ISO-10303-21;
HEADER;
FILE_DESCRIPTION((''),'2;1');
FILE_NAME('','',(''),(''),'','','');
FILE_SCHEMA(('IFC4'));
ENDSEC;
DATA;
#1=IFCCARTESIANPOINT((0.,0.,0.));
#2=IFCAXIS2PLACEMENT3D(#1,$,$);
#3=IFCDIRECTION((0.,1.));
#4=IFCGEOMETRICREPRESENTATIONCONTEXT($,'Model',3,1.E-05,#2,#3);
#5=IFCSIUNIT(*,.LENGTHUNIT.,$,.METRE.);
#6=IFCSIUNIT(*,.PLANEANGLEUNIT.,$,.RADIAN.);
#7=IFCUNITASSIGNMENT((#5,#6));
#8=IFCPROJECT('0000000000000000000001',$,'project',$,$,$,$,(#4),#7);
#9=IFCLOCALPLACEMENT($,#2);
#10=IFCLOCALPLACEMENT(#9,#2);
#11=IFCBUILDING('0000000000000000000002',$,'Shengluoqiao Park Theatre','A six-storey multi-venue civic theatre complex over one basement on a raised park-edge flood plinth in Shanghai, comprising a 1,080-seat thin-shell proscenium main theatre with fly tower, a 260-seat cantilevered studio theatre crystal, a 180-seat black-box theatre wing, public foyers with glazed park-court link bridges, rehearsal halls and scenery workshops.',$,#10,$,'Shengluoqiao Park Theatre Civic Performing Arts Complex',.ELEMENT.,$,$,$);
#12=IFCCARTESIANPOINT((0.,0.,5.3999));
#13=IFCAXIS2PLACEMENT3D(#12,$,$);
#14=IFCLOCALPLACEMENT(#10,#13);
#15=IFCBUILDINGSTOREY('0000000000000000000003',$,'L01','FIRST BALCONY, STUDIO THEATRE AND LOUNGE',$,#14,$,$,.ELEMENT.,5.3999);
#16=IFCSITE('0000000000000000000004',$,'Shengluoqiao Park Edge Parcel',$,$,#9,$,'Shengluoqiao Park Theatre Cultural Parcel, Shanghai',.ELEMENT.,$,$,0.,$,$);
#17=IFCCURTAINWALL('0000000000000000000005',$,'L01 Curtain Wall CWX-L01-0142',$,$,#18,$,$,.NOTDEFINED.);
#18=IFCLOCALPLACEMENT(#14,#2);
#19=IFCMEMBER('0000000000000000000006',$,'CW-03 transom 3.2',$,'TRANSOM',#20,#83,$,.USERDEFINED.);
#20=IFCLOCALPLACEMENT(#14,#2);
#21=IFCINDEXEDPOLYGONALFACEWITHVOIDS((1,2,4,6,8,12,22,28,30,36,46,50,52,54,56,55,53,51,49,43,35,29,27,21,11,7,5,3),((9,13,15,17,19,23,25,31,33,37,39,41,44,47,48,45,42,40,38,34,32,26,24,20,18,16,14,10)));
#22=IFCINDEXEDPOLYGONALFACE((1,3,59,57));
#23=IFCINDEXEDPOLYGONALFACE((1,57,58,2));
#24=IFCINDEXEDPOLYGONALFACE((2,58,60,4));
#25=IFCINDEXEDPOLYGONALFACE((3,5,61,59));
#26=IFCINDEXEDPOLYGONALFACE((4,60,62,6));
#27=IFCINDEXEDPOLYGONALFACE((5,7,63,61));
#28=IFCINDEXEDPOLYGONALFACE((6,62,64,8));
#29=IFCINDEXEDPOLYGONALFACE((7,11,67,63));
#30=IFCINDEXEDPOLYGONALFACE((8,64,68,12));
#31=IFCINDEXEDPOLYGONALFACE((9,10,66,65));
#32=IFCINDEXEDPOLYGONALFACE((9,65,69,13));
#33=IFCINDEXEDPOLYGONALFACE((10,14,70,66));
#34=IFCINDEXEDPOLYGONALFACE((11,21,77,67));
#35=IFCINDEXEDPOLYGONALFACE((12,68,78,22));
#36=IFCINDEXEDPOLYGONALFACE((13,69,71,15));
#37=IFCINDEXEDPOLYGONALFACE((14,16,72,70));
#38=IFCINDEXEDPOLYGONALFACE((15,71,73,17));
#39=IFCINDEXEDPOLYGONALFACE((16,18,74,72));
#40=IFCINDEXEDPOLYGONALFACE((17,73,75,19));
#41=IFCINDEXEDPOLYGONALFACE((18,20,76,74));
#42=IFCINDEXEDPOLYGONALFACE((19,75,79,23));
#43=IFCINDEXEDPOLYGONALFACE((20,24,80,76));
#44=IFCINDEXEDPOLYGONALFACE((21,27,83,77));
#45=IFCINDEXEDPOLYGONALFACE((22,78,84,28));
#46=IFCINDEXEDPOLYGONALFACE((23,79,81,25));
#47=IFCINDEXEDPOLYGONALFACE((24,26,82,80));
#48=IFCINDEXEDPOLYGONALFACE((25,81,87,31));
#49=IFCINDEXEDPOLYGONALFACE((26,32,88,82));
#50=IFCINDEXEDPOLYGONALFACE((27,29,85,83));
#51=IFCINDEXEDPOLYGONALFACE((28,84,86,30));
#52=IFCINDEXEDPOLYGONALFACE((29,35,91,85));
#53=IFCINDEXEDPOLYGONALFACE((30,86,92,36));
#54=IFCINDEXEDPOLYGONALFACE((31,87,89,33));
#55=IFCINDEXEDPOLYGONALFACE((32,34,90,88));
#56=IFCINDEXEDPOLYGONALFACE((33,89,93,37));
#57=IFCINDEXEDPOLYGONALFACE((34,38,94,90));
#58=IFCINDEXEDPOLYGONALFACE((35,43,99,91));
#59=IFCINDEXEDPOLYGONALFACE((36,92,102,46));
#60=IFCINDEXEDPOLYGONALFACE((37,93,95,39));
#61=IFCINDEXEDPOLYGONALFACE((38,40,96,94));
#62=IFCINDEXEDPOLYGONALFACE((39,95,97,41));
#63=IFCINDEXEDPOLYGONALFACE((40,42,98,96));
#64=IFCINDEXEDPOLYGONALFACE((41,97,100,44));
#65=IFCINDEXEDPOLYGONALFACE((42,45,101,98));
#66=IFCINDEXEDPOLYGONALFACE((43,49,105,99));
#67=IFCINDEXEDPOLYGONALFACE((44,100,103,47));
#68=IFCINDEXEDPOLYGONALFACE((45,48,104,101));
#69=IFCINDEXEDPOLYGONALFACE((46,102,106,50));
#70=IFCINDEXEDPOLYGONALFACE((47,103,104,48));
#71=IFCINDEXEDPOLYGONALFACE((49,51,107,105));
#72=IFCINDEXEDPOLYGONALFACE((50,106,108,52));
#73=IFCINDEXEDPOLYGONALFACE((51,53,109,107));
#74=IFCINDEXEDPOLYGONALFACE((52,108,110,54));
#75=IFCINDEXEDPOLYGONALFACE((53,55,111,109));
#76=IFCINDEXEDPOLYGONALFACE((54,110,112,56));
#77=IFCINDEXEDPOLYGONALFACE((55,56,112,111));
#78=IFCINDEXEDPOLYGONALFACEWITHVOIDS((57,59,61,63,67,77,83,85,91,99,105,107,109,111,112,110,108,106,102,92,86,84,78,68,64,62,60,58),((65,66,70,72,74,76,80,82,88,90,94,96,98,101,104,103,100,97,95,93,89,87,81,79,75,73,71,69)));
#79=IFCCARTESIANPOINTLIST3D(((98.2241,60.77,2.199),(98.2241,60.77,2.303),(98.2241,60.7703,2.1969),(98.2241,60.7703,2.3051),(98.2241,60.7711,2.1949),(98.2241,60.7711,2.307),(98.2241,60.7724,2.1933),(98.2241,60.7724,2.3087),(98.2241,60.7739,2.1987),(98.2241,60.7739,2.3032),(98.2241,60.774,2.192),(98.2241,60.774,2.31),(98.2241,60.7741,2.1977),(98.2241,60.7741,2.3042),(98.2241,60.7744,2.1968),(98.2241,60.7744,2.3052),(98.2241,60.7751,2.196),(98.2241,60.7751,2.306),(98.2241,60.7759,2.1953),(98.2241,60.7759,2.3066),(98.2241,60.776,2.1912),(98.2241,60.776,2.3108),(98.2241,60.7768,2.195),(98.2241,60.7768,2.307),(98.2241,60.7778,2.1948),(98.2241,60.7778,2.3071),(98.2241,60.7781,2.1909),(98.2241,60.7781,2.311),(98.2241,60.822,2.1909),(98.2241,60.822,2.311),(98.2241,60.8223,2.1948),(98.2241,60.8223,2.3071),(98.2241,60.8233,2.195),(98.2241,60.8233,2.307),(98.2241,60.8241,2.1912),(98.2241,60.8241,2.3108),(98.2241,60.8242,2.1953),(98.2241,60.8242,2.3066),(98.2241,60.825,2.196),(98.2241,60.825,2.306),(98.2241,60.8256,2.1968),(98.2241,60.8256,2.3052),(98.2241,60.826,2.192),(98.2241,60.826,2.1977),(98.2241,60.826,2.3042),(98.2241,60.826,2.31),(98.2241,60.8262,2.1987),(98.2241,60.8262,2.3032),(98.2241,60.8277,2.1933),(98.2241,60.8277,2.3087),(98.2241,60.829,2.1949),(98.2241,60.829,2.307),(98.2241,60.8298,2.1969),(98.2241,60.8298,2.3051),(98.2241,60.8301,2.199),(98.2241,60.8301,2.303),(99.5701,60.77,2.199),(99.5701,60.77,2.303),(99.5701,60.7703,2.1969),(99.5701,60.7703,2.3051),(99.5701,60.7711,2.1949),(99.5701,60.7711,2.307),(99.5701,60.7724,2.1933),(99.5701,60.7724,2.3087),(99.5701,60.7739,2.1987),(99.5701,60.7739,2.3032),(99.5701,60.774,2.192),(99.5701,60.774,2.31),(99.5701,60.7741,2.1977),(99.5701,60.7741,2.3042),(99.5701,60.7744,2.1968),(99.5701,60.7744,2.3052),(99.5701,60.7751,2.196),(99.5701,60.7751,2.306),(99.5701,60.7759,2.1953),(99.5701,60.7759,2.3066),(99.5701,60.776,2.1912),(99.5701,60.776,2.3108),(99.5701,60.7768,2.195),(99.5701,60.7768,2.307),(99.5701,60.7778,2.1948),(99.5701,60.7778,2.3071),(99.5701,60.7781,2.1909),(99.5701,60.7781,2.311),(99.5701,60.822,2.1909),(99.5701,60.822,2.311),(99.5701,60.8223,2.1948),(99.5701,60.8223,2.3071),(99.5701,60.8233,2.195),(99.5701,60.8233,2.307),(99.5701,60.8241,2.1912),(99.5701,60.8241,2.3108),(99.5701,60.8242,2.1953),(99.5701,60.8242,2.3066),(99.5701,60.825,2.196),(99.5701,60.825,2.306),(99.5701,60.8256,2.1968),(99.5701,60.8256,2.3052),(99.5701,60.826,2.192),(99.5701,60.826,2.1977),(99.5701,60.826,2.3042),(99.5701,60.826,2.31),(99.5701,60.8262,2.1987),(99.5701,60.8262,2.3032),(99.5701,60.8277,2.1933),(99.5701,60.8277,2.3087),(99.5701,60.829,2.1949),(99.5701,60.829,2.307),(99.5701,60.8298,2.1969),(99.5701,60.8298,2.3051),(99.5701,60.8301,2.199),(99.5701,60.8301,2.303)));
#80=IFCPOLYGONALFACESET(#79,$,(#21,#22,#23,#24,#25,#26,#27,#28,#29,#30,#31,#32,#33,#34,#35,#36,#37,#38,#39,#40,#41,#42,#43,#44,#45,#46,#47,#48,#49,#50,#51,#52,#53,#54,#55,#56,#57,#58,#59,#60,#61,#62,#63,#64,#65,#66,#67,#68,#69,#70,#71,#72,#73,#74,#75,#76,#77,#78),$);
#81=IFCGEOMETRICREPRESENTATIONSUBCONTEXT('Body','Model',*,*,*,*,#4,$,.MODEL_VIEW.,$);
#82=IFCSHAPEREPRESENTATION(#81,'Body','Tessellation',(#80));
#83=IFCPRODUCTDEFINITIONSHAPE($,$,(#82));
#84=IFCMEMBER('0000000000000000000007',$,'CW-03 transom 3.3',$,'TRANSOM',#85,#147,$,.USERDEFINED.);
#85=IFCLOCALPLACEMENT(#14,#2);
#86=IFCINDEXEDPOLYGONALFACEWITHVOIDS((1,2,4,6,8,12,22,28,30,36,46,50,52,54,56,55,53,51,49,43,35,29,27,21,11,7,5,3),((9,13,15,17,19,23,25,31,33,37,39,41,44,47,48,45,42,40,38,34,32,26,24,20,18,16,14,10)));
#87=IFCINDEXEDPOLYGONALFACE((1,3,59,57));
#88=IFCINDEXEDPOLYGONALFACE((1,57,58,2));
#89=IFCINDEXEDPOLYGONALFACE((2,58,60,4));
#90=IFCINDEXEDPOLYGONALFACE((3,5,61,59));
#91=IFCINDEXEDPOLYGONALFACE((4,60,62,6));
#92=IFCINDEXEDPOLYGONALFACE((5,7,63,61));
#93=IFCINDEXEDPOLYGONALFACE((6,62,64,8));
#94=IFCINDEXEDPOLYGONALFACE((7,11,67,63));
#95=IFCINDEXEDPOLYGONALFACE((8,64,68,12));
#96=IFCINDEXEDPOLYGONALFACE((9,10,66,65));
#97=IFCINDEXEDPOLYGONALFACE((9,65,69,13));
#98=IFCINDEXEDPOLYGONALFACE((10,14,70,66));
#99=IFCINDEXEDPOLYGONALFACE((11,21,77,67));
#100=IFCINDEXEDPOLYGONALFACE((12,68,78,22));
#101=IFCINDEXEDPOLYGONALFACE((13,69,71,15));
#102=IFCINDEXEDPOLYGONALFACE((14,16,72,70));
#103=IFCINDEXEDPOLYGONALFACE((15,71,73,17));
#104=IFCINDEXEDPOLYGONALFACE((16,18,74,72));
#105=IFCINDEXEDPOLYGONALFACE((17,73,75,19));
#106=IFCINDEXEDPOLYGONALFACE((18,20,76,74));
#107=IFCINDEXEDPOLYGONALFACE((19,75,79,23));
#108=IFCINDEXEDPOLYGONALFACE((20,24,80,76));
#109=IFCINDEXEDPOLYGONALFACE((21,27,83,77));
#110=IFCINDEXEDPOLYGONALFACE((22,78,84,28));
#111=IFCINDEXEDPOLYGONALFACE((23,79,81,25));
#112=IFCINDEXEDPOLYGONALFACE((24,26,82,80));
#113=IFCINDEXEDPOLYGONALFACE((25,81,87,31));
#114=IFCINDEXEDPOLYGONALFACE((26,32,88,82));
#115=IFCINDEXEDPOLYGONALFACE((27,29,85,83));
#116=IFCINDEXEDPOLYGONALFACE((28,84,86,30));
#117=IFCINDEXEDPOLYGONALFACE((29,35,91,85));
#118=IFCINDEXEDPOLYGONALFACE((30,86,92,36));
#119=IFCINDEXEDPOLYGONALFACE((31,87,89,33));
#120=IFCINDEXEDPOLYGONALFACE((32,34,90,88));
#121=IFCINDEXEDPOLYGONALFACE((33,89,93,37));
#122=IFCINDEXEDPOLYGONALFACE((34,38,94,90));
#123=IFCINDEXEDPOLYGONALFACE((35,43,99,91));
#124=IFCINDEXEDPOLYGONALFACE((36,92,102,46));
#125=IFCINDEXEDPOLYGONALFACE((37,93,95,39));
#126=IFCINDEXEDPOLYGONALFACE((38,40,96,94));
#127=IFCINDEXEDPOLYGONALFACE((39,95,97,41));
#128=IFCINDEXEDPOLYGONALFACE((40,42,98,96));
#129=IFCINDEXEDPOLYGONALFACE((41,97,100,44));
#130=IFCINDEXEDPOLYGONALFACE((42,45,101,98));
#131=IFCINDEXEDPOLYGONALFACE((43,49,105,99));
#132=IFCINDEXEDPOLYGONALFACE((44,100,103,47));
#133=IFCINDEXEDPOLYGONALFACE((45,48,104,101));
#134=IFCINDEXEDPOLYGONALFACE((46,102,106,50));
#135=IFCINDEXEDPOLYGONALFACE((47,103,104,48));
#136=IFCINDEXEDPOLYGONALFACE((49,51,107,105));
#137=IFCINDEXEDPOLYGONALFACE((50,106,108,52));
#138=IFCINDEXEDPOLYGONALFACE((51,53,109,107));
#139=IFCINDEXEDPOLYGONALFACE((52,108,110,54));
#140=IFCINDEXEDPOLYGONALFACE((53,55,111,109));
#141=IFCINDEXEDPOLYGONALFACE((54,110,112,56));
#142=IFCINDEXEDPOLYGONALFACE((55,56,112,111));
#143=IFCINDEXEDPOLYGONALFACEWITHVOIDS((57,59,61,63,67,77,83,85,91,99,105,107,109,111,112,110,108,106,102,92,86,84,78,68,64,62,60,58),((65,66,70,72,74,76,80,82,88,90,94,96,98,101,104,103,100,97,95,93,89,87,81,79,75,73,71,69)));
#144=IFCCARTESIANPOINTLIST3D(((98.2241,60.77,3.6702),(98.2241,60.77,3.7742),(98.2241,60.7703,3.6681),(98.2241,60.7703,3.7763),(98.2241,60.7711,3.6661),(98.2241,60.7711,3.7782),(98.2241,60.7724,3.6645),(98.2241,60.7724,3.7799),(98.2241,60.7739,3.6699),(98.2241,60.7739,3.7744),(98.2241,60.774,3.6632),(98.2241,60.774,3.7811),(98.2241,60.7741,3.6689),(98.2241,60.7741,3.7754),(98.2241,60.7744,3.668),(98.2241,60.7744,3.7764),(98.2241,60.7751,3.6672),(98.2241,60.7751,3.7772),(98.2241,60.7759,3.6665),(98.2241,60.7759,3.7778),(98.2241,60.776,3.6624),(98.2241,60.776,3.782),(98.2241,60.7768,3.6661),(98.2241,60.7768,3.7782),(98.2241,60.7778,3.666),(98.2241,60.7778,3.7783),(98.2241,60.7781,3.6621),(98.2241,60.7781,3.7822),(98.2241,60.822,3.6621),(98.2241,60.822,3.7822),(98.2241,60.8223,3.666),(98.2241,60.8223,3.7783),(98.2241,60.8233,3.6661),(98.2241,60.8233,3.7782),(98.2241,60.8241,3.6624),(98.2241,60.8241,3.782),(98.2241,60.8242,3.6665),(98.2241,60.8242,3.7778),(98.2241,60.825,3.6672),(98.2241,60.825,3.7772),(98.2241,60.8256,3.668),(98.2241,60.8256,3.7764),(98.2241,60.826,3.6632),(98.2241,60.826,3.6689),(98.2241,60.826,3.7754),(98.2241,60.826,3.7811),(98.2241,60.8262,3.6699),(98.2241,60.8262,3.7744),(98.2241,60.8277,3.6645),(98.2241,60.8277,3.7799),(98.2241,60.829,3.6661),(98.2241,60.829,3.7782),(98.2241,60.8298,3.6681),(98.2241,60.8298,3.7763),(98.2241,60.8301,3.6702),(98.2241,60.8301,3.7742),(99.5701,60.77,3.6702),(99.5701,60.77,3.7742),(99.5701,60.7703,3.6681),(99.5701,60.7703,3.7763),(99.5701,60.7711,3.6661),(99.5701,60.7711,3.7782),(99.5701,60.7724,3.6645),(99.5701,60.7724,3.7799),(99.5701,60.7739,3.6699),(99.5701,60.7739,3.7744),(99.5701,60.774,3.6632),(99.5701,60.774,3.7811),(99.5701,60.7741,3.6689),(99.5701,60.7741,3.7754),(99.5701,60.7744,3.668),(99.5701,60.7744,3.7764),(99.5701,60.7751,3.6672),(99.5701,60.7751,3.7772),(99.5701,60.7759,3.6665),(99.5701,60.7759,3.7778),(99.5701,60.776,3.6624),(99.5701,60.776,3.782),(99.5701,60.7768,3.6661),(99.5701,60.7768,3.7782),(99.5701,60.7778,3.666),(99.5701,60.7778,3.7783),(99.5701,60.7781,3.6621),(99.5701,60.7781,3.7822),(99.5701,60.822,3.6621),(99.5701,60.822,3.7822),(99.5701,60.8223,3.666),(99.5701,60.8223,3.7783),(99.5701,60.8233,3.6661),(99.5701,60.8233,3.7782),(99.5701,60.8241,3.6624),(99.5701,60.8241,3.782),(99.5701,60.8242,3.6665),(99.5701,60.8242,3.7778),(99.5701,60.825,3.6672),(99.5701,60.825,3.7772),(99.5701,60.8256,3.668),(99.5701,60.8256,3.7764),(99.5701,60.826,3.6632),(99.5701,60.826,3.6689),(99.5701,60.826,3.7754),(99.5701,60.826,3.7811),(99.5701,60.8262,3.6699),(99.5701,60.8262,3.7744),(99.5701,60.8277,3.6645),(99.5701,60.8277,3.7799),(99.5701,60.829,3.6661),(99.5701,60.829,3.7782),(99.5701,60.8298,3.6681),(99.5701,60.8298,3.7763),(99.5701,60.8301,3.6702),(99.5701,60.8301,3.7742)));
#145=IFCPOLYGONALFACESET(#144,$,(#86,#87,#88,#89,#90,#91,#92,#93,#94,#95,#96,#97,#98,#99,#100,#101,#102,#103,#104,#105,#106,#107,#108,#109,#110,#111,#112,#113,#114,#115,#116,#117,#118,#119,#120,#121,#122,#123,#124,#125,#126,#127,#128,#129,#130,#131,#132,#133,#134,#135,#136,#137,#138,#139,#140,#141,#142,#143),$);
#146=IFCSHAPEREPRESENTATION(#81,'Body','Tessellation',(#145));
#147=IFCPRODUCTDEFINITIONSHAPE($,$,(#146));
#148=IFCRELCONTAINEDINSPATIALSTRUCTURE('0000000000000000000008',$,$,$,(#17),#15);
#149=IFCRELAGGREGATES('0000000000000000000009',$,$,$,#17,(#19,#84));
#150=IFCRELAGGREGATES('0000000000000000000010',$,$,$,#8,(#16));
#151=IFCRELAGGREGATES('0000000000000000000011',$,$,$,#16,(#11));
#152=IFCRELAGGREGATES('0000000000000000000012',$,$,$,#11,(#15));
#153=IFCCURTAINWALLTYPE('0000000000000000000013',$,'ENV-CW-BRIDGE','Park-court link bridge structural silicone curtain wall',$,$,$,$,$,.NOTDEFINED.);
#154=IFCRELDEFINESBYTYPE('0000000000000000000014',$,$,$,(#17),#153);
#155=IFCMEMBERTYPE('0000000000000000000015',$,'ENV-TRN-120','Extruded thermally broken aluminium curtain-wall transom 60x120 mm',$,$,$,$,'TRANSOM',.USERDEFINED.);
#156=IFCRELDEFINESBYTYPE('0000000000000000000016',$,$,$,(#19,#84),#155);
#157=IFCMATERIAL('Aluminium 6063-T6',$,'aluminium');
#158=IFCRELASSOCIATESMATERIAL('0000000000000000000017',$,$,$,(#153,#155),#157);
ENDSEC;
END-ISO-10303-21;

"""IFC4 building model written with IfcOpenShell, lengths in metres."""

from ifc_helpers import new_model, si_unit, direction, frame, origin, origin_2d, place, context, subcontext, project, spatial, hollow_rectangle, extrude, material, material_profile, profile_set, type_object, element, aggregate, save


model = new_model("IFC4")

# Units and contexts
model_context = context("Model", 3, precision=1e-05, world=origin(), true_north=direction((0.0, 1.0)))
body_context = subcontext(model_context, "Body", "Model", "MODEL_VIEW")
ifc_project = project(units=[si_unit("LENGTHUNIT", "METRE"), si_unit("PLANEANGLEUNIT", "RADIAN")], contexts=[model_context])

# Site, building, storey
site_placement = place(None, origin())
site = spatial("IfcSite", under=ifc_project, at=site_placement, Name="Shengluoqiao Park Edge Parcel", LongName="Shengluoqiao Park Theatre Cultural Parcel, Shanghai", CompositionType="ELEMENT", RefElevation=0.0)
building_placement = place(site_placement, origin())
building = spatial("IfcBuilding", under=site, at=building_placement, Name="Shengluoqiao Park Theatre", Description="A six-storey multi-venue civic theatre complex over one basement on a raised park-edge flood plinth in Shanghai, comprising a 1,080-seat thin-shell proscenium main theatre with fly tower, a 260-seat cantilevered studio theatre crystal, a 180-seat black-box theatre wing, public foyers with glazed park-court link bridges, rehearsal halls and scenery workshops.", LongName="Shengluoqiao Park Theatre Civic Performing Arts Complex", CompositionType="ELEMENT")
storey_placement = place(building_placement, frame((0.0, 0.0, 5.3999)))
storey = spatial("IfcBuildingStorey", under=building, at=storey_placement, Name="L01", Description="FIRST BALCONY, STUDIO THEATRE AND LOUNGE", CompositionType="ELEMENT", Elevation=5.3999)

# Shared definitions
ifc_material_1 = material(Name="Aluminium 6063-T6", Category="aluminium")
curtain_wall_type = type_object("IfcCurtainWallType", Name="ENV-CW-BRIDGE", Description="Park-court link bridge structural silicone curtain wall", PredefinedType="NOTDEFINED", material=ifc_material_1)

# Curtain wall
curtain_wall_1_placement = place(storey_placement, origin())
curtain_wall_1 = element("IfcCurtainWall", 1, at=curtain_wall_1_placement, inside=storey, type_object=curtain_wall_type, Name="L01 Curtain Wall CWX-L01-0142", PredefinedType="NOTDEFINED")

# Members
ifc_material_profile_1 = material_profile(ifc_material_1, hollow_rectangle(XDim=0.0601, YDim=0.1201, WallThickness=0.0039, InnerFilletRadius=0.0039, OuterFilletRadius=0.0081, at=origin_2d()), Name="ALU TRANSOM 120x60x4")
ifc_profile_set_1 = profile_set([ifc_material_profile_1], Name="Aluminium 6063-T6")
member_type_1 = type_object("IfcMemberType", Name="ENV-TRN-120", Description="Extruded thermally broken aluminium curtain-wall transom 60x120 mm", ElementType="TRANSOM", PredefinedType="USERDEFINED", material=ifc_profile_set_1)
member_1_placement = place(storey_placement, frame((98.2241, 60.8, 2.251), z_axis=(1.0, 0.0, 0.0), x_axis=(0.0, 1.0, 0.0)))
member_1 = element("IfcMember", 2, at=member_1_placement, type_object=member_type_1, Name="CW-03 transom 3.2", ObjectType="TRANSOM", PredefinedType="USERDEFINED", context=body_context, shape_type="SweptSolid", body=[
    extrude(hollow_rectangle(XDim=0.0601, YDim=0.1201, WallThickness=0.0039, InnerFilletRadius=0.0039, OuterFilletRadius=0.0081, at=origin_2d()), origin(), (0.0, 0.0, 1.0), 1.3459),
])
member_2_placement = place(storey_placement, frame((98.2241, 60.8, 3.7222), z_axis=(1.0, 0.0, 0.0), x_axis=(0.0, 1.0, 0.0)))
member_2 = element("IfcMember", 3, at=member_2_placement, type_object=member_type_1, Name="CW-03 transom 3.3", ObjectType="TRANSOM", PredefinedType="USERDEFINED", context=body_context, shape_type="SweptSolid", body=[
    extrude(hollow_rectangle(XDim=0.0601, YDim=0.1201, WallThickness=0.0039, InnerFilletRadius=0.0039, OuterFilletRadius=0.0081, at=origin_2d()), origin(), (0.0, 0.0, 1.0), 1.3459),
])

aggregate(curtain_wall_1, [member_1, member_2])

save(model, "model.ifc")
